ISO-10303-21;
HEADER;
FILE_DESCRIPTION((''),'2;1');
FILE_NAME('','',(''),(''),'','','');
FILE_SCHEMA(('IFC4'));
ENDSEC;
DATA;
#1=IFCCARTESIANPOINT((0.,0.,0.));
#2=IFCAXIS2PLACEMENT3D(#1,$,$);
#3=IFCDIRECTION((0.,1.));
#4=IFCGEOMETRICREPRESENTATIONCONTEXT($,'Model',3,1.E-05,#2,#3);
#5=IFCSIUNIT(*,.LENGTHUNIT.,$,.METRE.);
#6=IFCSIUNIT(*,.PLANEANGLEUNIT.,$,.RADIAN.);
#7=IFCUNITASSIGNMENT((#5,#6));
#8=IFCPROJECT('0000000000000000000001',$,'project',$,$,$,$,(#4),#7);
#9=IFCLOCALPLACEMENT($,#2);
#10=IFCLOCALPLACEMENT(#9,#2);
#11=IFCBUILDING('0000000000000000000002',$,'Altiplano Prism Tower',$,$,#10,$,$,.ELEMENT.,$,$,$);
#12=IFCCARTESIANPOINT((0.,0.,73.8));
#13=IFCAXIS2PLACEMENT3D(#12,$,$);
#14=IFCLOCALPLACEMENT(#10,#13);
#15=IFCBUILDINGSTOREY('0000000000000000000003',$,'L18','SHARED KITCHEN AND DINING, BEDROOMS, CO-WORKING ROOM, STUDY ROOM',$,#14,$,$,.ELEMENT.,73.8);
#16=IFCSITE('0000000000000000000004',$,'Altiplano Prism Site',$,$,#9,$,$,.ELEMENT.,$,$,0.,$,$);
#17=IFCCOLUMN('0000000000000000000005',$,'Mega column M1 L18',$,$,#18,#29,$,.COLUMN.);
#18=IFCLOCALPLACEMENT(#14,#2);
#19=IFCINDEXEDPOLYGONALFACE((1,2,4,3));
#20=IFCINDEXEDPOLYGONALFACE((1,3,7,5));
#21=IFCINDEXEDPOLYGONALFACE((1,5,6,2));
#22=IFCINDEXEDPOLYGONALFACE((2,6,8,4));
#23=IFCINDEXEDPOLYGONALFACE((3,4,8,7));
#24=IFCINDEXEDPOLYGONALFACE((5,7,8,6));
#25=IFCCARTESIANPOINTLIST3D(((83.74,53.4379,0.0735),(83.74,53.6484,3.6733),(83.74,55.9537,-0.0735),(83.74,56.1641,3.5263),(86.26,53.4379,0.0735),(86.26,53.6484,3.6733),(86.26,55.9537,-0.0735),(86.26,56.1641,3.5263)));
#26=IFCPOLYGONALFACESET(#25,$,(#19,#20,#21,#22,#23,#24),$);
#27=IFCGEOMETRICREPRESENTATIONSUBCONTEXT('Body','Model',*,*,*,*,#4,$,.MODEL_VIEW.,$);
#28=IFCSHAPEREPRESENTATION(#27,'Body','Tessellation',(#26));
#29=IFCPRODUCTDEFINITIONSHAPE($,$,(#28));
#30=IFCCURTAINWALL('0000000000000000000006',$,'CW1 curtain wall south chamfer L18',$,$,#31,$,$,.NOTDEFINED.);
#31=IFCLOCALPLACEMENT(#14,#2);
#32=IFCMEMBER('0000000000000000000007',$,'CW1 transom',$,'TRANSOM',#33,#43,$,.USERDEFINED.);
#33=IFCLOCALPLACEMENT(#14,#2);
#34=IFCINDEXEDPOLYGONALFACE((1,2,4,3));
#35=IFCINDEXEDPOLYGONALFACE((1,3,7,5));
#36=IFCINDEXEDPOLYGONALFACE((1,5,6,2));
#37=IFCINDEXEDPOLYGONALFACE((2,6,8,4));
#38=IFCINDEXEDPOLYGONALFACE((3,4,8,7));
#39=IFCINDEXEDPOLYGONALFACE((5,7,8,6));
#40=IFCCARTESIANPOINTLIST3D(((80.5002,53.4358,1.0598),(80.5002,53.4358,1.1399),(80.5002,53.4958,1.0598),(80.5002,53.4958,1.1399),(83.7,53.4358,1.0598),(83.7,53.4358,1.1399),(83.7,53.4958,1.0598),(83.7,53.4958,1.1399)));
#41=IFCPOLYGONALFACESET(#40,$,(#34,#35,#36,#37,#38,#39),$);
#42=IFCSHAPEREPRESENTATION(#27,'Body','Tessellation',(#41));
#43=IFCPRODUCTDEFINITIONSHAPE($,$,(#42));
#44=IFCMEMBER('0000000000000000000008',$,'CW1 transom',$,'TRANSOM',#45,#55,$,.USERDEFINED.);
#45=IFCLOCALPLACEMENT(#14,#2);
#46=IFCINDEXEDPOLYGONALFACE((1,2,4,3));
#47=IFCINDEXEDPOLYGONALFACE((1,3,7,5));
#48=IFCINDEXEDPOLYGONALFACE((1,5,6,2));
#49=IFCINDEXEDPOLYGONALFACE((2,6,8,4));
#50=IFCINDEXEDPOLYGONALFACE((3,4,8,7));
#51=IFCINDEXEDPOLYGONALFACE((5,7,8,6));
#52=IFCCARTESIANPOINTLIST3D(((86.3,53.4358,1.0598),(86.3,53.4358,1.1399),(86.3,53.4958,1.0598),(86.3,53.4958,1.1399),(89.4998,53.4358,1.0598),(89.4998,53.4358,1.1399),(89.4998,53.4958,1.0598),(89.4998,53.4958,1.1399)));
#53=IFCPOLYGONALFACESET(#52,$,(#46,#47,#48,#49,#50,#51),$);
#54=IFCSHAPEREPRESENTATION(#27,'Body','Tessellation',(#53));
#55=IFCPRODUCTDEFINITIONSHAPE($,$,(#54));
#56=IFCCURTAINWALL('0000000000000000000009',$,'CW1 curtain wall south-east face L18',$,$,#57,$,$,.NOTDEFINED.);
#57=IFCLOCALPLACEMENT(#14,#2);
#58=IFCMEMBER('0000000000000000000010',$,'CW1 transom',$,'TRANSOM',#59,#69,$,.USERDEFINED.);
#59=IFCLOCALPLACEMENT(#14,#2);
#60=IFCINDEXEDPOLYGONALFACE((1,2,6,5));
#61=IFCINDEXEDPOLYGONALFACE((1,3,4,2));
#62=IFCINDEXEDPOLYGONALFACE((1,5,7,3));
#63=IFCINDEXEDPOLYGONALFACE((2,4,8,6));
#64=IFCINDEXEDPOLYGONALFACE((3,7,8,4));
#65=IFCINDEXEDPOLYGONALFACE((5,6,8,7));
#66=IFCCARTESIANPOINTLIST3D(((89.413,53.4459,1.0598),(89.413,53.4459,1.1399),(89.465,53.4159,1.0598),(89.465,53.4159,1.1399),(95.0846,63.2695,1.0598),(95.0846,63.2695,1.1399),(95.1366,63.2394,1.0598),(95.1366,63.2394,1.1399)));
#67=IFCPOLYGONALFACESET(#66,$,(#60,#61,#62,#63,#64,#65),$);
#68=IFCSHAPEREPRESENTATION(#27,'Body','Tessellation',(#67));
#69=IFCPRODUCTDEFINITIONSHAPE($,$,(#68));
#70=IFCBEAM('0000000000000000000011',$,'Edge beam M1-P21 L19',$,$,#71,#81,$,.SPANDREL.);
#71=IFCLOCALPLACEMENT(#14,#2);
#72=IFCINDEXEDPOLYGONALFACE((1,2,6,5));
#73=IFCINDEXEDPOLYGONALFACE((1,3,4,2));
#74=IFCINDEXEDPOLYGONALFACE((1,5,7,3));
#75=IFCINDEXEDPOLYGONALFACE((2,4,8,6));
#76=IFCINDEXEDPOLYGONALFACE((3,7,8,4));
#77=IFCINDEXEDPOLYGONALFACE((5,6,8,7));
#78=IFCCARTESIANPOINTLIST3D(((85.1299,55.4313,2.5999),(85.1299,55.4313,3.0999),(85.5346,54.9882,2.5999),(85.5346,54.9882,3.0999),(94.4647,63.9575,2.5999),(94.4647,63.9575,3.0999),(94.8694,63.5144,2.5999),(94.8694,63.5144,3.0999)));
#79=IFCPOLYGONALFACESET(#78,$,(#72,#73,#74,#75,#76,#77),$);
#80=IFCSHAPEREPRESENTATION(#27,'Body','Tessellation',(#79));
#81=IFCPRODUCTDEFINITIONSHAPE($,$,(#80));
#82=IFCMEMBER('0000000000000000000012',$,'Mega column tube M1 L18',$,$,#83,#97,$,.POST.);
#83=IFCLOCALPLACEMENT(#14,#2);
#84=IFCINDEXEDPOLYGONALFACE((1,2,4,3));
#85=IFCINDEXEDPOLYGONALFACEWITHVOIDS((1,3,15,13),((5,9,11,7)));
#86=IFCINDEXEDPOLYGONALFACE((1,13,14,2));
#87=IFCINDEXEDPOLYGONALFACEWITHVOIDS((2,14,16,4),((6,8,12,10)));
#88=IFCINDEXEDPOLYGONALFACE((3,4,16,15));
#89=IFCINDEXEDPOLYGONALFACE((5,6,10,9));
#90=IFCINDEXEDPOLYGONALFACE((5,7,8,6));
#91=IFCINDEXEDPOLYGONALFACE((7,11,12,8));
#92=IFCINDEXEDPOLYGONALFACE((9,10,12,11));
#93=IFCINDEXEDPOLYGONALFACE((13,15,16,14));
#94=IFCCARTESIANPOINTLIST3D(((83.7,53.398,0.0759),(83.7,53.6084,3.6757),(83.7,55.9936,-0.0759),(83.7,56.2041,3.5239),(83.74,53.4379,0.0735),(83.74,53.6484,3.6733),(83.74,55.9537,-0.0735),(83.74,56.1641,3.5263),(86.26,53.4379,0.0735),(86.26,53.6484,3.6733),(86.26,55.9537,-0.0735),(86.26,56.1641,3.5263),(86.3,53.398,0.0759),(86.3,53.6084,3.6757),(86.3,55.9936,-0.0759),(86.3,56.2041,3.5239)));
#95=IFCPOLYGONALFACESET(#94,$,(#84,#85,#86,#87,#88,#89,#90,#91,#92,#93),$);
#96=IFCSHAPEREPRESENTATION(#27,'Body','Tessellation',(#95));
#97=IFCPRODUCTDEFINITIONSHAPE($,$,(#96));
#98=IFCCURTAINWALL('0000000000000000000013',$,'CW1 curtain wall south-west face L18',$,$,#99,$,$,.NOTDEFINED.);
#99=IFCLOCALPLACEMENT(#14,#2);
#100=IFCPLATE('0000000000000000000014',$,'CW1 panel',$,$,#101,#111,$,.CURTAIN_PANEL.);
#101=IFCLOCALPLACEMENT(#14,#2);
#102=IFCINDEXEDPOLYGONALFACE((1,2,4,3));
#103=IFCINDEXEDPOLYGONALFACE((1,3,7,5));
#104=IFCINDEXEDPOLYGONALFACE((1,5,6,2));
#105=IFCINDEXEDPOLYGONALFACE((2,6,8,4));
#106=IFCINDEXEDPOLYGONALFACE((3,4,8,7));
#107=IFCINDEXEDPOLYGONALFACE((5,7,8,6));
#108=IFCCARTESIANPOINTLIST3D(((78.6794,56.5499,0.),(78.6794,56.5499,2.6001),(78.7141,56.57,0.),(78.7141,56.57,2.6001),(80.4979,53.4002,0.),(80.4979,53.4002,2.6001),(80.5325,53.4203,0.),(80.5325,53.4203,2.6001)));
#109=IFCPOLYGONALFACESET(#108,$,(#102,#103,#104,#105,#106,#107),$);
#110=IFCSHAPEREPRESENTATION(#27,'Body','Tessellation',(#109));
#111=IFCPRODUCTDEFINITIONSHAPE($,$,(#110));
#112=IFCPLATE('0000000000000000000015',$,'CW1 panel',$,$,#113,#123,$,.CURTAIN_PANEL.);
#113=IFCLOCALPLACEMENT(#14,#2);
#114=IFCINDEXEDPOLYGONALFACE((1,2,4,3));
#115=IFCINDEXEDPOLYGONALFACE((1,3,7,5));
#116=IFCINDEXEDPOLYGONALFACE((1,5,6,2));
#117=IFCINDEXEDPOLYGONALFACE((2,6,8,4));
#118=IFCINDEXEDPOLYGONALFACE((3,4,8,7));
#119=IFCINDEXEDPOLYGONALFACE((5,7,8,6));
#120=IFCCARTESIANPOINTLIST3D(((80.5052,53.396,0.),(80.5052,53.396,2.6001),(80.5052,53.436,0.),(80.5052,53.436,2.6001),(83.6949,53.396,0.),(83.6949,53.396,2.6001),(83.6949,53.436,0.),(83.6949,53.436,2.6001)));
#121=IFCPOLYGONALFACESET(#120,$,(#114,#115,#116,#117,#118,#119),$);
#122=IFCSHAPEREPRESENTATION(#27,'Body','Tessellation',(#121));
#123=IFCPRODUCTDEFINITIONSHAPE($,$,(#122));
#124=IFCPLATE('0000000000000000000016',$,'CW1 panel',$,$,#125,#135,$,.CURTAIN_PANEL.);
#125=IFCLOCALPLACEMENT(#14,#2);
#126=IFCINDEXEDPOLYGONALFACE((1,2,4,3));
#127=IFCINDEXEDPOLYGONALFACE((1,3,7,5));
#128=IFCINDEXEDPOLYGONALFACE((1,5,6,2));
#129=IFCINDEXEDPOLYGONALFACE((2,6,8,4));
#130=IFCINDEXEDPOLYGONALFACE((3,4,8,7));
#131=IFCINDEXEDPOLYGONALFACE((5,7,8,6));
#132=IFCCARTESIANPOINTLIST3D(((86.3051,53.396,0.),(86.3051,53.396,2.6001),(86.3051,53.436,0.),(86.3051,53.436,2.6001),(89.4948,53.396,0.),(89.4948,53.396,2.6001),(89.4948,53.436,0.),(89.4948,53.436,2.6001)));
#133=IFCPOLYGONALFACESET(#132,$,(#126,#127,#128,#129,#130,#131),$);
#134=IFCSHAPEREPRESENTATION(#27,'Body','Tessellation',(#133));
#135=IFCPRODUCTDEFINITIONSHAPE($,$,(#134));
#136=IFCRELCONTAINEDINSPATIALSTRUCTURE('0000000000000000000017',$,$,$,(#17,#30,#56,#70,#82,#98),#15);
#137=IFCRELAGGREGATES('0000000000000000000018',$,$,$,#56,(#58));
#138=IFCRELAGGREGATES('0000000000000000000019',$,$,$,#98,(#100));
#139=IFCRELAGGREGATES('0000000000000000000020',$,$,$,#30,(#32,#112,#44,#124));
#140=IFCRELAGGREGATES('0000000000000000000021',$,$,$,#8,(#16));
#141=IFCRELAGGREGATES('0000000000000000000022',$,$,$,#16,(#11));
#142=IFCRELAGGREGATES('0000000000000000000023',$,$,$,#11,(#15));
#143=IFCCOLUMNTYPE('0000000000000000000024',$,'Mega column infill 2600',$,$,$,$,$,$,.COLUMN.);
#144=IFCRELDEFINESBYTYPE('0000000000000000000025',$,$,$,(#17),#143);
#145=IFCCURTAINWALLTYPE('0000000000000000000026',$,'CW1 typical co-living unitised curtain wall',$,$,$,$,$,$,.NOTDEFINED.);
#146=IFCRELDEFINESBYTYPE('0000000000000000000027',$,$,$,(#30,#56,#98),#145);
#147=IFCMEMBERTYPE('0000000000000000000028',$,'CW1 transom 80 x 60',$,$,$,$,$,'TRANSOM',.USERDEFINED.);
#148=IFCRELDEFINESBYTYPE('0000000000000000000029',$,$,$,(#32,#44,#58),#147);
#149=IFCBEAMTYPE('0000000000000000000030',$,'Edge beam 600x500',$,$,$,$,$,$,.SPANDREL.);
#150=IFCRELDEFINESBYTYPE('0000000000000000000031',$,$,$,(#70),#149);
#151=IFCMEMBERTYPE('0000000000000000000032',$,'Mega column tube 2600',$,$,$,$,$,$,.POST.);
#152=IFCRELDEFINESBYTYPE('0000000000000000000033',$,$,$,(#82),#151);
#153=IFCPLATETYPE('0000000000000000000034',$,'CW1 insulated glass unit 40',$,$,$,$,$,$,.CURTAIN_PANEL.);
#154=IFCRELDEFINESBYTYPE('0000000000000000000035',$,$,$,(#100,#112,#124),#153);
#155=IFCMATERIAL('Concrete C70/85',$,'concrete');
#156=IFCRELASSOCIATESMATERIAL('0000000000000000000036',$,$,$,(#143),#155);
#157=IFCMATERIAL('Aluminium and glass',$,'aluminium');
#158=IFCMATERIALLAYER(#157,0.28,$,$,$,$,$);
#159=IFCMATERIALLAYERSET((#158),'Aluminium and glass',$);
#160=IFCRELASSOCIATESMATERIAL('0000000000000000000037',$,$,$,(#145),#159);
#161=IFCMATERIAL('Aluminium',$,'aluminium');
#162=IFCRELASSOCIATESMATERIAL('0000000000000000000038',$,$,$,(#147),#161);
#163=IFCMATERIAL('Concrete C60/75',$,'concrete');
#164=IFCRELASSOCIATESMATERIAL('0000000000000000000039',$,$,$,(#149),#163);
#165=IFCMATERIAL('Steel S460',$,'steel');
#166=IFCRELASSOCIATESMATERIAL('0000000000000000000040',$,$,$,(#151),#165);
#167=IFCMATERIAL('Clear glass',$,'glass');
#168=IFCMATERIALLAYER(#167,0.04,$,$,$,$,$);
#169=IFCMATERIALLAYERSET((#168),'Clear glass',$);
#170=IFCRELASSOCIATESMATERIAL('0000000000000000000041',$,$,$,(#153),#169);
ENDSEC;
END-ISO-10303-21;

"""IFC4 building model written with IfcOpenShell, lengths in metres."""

from ifc_helpers import new_model, si_unit, direction, frame, origin, origin_2d, place, context, subcontext, project, spatial, rectangle, hollow_rectangle, extrude, material, layer, layer_set, material_profile, profile_set, type_object, element, aggregate, save


model = new_model("IFC4")

# Units and contexts
model_context = context("Model", 3, precision=1e-05, world=origin(), true_north=direction((0.0, 1.0)))
body_context = subcontext(model_context, "Body", "Model", "MODEL_VIEW")
ifc_project = project(units=[si_unit("LENGTHUNIT", "METRE"), si_unit("PLANEANGLEUNIT", "RADIAN")], contexts=[model_context])

# Site, building, storey
site_placement = place(None, origin())
site = spatial("IfcSite", under=ifc_project, at=site_placement, Name="Altiplano Prism Site", CompositionType="ELEMENT", RefElevation=0.0)
building_placement = place(site_placement, origin())
building = spatial("IfcBuilding", under=site, at=building_placement, Name="Altiplano Prism Tower", CompositionType="ELEMENT")
storey_placement = place(building_placement, frame((0.0, 0.0, 73.8)))
storey = spatial("IfcBuildingStorey", under=building, at=storey_placement, Name="L18", Description="SHARED KITCHEN AND DINING, BEDROOMS, CO-WORKING ROOM, STUDY ROOM", CompositionType="ELEMENT", Elevation=73.8)

# Column
ifc_material_1 = material(Name="Concrete C70/85", Category="concrete")
ifc_material_profile_1 = material_profile(ifc_material_1, rectangle(XDim=2.52, YDim=2.52, at=origin_2d()), Name="Mega column infill 2600")
ifc_profile_set_1 = profile_set([ifc_material_profile_1], Name="Concrete C70/85")
column_type = type_object("IfcColumnType", Name="Mega column infill 2600", PredefinedType="COLUMN", material=ifc_profile_set_1)
column_placement = place(storey_placement, frame((85.0, 54.6958, 0.0), z_axis=(0.0, 0.058361, 0.998296), x_axis=(-1.0, 0.0, 0.0)))
element("IfcColumn", 1, at=column_placement, inside=storey, type_object=column_type, Name="Mega column M1 L18", PredefinedType="COLUMN", context=body_context, shape_type="SweptSolid", body=[
    extrude(rectangle(XDim=2.52, YDim=2.52, at=origin_2d()), origin(), (0.0, 0.0, 1.0), 3.606),
])

# Curtain wall, members
ifc_material_2 = material(Name="Aluminium and glass", Category="aluminium")
ifc_layer_1 = layer(ifc_material_2, 0.28)
ifc_layer_set_1 = layer_set([ifc_layer_1], Name="Aluminium and glass")
curtain_wall_type = type_object("IfcCurtainWallType", Name="CW1 typical co-living unitised curtain wall", PredefinedType="NOTDEFINED", material=ifc_layer_set_1)
curtain_wall_1_placement = place(storey_placement, origin())
curtain_wall_1 = element("IfcCurtainWall", 2, at=curtain_wall_1_placement, inside=storey, type_object=curtain_wall_type, Name="CW1 curtain wall south chamfer L18", PredefinedType="NOTDEFINED")
ifc_material_3 = material(Name="Aluminium", Category="aluminium")
ifc_material_profile_2 = material_profile(ifc_material_3, rectangle(XDim=0.0601, YDim=0.0801, at=origin_2d()), Name="CW1 transom 80 x 60")
ifc_profile_set_2 = profile_set([ifc_material_profile_2], Name="Aluminium")
member_type_1 = type_object("IfcMemberType", Name="CW1 transom 80 x 60", ElementType="TRANSOM", PredefinedType="USERDEFINED", material=ifc_profile_set_2)
member_1_placement = place(storey_placement, frame((80.5002, 53.4658, 1.0999), z_axis=(1.0, 0.0, 0.0), x_axis=(0.0, 1.0, 0.0)))
member_1 = element("IfcMember", 3, at=member_1_placement, type_object=member_type_1, Name="CW1 transom", ObjectType="TRANSOM", PredefinedType="USERDEFINED", context=body_context, shape_type="SweptSolid", body=[
    extrude(rectangle(XDim=0.0601, YDim=0.0801, at=origin_2d()), origin(), (0.0, 0.0, 1.0), 3.1997),
])
member_2_placement = place(storey_placement, frame((86.3, 53.4658, 1.0999), z_axis=(1.0, 0.0, 0.0), x_axis=(0.0, 1.0, 0.0)))
member_2 = element("IfcMember", 4, at=member_2_placement, type_object=member_type_1, Name="CW1 transom", ObjectType="TRANSOM", PredefinedType="USERDEFINED", context=body_context, shape_type="SweptSolid", body=[
    extrude(rectangle(XDim=0.0601, YDim=0.0801, at=origin_2d()), origin(), (0.0, 0.0, 1.0), 3.1997),
])

# Curtain wall, member
curtain_wall_2_placement = place(storey_placement, origin())
curtain_wall_2 = element("IfcCurtainWall", 5, at=curtain_wall_2_placement, inside=storey, type_object=curtain_wall_type, Name="CW1 curtain wall south-east face L18", PredefinedType="NOTDEFINED")
member_3_placement = place(storey_placement, frame((89.439, 53.4309, 1.0999), z_axis=(0.500003, 0.866024, 0.0), x_axis=(-0.866024, 0.500003, 0.0)))
member_3 = element("IfcMember", 6, at=member_3_placement, type_object=member_type_1, Name="CW1 transom", ObjectType="TRANSOM", PredefinedType="USERDEFINED", context=body_context, shape_type="SweptSolid", body=[
    extrude(rectangle(XDim=0.0601, YDim=0.0801, at=origin_2d()), origin(), (0.0, 0.0, 1.0), 11.3433),
])
aggregate(curtain_wall_2, [member_3])

# Beam
ifc_material_4 = material(Name="Concrete C60/75", Category="concrete")
ifc_material_profile_3 = material_profile(ifc_material_4, rectangle(XDim=0.6001, YDim=0.5, at=origin_2d()), Name="Edge beam 600x500")
ifc_profile_set_3 = profile_set([ifc_material_profile_3], Name="Concrete C60/75")
beam_type = type_object("IfcBeamType", Name="Edge beam 600x500", PredefinedType="SPANDREL", material=ifc_profile_set_3)
beam_placement = place(storey_placement, frame((85.3323, 55.2097, 2.8499), z_axis=(0.738363, 0.674404, 0.0), x_axis=(-0.674404, 0.738363, 0.0)))
element("IfcBeam", 7, at=beam_placement, inside=storey, type_object=beam_type, Name="Edge beam M1-P21 L19", PredefinedType="SPANDREL", context=body_context, shape_type="SweptSolid", body=[
    extrude(rectangle(XDim=0.6001, YDim=0.5, at=origin_2d()), origin(), (0.0, 0.0, 1.0), 12.6426),
])

# Member
ifc_material_5 = material(Name="Steel S460", Category="steel")
ifc_material_profile_4 = material_profile(ifc_material_5, hollow_rectangle(XDim=2.6001, YDim=2.6001, WallThickness=0.04, at=origin_2d()), Name="Mega column tube 2600")
ifc_profile_set_4 = profile_set([ifc_material_profile_4], Name="Steel S460")
member_type_2 = type_object("IfcMemberType", Name="Mega column tube 2600", PredefinedType="POST", material=ifc_profile_set_4)
member_4_placement = place(storey_placement, frame((85.0, 54.6958, 0.0), z_axis=(0.0, 0.058361, 0.998296), x_axis=(-1.0, 0.0, 0.0)))
element("IfcMember", 8, at=member_4_placement, inside=storey, type_object=member_type_2, Name="Mega column tube M1 L18", PredefinedType="POST", context=body_context, shape_type="SweptSolid", body=[
    extrude(hollow_rectangle(XDim=2.6001, YDim=2.6001, WallThickness=0.04, at=origin_2d()), origin(), (0.0, 0.0, 1.0), 3.606),
])

# Curtain wall, plate
curtain_wall_3_placement = place(storey_placement, origin())
curtain_wall_3 = element("IfcCurtainWall", 9, at=curtain_wall_3_placement, inside=storey, type_object=curtain_wall_type, Name="CW1 curtain wall south-west face L18", PredefinedType="NOTDEFINED")
ifc_material_6 = material(Name="Clear glass", Category="glass")
ifc_layer_2 = layer(ifc_material_6, 0.04)
ifc_layer_set_2 = layer_set([ifc_layer_2], Name="Clear glass")
plate_type = type_object("IfcPlateType", Name="CW1 insulated glass unit 40", PredefinedType="CURTAIN_PANEL", material=ifc_layer_set_2)
plate_1_placement = place(storey_placement, frame((79.606, 54.9851, 0.0), z_axis=(0.0, 0.0, 1.0), x_axis=(0.5, -0.866025, 0.0)))
plate_1 = element("IfcPlate", 10, at=plate_1_placement, type_object=plate_type, Name="CW1 panel", PredefinedType="CURTAIN_PANEL", context=body_context, shape_type="SweptSolid", body=[
    extrude(rectangle(XDim=3.637, YDim=0.04, at=origin_2d()), origin(), (0.0, 0.0, 1.0), 2.6001),
])
aggregate(curtain_wall_3, [plate_1])

# Plates
plate_2_placement = place(storey_placement, frame((82.1001, 53.416, 0.0), z_axis=(0.0, 0.0, 1.0), x_axis=(1.0, 0.0, 0.0)))
plate_2 = element("IfcPlate", 11, at=plate_2_placement, type_object=plate_type, Name="CW1 panel", PredefinedType="CURTAIN_PANEL", context=body_context, shape_type="SweptSolid", body=[
    extrude(rectangle(XDim=3.1897, YDim=0.04, at=origin_2d()), origin(), (0.0, 0.0, 1.0), 2.6001),
])
plate_3_placement = place(storey_placement, frame((87.8999, 53.416, 0.0), z_axis=(0.0, 0.0, 1.0), x_axis=(1.0, 0.0, 0.0)))
plate_3 = element("IfcPlate", 12, at=plate_3_placement, type_object=plate_type, Name="CW1 panel", PredefinedType="CURTAIN_PANEL", context=body_context, shape_type="SweptSolid", body=[
    extrude(rectangle(XDim=3.1897, YDim=0.04, at=origin_2d()), origin(), (0.0, 0.0, 1.0), 2.6001),
])
aggregate(curtain_wall_1, [member_1, plate_2, member_2, plate_3])

save(model, "model.ifc")
